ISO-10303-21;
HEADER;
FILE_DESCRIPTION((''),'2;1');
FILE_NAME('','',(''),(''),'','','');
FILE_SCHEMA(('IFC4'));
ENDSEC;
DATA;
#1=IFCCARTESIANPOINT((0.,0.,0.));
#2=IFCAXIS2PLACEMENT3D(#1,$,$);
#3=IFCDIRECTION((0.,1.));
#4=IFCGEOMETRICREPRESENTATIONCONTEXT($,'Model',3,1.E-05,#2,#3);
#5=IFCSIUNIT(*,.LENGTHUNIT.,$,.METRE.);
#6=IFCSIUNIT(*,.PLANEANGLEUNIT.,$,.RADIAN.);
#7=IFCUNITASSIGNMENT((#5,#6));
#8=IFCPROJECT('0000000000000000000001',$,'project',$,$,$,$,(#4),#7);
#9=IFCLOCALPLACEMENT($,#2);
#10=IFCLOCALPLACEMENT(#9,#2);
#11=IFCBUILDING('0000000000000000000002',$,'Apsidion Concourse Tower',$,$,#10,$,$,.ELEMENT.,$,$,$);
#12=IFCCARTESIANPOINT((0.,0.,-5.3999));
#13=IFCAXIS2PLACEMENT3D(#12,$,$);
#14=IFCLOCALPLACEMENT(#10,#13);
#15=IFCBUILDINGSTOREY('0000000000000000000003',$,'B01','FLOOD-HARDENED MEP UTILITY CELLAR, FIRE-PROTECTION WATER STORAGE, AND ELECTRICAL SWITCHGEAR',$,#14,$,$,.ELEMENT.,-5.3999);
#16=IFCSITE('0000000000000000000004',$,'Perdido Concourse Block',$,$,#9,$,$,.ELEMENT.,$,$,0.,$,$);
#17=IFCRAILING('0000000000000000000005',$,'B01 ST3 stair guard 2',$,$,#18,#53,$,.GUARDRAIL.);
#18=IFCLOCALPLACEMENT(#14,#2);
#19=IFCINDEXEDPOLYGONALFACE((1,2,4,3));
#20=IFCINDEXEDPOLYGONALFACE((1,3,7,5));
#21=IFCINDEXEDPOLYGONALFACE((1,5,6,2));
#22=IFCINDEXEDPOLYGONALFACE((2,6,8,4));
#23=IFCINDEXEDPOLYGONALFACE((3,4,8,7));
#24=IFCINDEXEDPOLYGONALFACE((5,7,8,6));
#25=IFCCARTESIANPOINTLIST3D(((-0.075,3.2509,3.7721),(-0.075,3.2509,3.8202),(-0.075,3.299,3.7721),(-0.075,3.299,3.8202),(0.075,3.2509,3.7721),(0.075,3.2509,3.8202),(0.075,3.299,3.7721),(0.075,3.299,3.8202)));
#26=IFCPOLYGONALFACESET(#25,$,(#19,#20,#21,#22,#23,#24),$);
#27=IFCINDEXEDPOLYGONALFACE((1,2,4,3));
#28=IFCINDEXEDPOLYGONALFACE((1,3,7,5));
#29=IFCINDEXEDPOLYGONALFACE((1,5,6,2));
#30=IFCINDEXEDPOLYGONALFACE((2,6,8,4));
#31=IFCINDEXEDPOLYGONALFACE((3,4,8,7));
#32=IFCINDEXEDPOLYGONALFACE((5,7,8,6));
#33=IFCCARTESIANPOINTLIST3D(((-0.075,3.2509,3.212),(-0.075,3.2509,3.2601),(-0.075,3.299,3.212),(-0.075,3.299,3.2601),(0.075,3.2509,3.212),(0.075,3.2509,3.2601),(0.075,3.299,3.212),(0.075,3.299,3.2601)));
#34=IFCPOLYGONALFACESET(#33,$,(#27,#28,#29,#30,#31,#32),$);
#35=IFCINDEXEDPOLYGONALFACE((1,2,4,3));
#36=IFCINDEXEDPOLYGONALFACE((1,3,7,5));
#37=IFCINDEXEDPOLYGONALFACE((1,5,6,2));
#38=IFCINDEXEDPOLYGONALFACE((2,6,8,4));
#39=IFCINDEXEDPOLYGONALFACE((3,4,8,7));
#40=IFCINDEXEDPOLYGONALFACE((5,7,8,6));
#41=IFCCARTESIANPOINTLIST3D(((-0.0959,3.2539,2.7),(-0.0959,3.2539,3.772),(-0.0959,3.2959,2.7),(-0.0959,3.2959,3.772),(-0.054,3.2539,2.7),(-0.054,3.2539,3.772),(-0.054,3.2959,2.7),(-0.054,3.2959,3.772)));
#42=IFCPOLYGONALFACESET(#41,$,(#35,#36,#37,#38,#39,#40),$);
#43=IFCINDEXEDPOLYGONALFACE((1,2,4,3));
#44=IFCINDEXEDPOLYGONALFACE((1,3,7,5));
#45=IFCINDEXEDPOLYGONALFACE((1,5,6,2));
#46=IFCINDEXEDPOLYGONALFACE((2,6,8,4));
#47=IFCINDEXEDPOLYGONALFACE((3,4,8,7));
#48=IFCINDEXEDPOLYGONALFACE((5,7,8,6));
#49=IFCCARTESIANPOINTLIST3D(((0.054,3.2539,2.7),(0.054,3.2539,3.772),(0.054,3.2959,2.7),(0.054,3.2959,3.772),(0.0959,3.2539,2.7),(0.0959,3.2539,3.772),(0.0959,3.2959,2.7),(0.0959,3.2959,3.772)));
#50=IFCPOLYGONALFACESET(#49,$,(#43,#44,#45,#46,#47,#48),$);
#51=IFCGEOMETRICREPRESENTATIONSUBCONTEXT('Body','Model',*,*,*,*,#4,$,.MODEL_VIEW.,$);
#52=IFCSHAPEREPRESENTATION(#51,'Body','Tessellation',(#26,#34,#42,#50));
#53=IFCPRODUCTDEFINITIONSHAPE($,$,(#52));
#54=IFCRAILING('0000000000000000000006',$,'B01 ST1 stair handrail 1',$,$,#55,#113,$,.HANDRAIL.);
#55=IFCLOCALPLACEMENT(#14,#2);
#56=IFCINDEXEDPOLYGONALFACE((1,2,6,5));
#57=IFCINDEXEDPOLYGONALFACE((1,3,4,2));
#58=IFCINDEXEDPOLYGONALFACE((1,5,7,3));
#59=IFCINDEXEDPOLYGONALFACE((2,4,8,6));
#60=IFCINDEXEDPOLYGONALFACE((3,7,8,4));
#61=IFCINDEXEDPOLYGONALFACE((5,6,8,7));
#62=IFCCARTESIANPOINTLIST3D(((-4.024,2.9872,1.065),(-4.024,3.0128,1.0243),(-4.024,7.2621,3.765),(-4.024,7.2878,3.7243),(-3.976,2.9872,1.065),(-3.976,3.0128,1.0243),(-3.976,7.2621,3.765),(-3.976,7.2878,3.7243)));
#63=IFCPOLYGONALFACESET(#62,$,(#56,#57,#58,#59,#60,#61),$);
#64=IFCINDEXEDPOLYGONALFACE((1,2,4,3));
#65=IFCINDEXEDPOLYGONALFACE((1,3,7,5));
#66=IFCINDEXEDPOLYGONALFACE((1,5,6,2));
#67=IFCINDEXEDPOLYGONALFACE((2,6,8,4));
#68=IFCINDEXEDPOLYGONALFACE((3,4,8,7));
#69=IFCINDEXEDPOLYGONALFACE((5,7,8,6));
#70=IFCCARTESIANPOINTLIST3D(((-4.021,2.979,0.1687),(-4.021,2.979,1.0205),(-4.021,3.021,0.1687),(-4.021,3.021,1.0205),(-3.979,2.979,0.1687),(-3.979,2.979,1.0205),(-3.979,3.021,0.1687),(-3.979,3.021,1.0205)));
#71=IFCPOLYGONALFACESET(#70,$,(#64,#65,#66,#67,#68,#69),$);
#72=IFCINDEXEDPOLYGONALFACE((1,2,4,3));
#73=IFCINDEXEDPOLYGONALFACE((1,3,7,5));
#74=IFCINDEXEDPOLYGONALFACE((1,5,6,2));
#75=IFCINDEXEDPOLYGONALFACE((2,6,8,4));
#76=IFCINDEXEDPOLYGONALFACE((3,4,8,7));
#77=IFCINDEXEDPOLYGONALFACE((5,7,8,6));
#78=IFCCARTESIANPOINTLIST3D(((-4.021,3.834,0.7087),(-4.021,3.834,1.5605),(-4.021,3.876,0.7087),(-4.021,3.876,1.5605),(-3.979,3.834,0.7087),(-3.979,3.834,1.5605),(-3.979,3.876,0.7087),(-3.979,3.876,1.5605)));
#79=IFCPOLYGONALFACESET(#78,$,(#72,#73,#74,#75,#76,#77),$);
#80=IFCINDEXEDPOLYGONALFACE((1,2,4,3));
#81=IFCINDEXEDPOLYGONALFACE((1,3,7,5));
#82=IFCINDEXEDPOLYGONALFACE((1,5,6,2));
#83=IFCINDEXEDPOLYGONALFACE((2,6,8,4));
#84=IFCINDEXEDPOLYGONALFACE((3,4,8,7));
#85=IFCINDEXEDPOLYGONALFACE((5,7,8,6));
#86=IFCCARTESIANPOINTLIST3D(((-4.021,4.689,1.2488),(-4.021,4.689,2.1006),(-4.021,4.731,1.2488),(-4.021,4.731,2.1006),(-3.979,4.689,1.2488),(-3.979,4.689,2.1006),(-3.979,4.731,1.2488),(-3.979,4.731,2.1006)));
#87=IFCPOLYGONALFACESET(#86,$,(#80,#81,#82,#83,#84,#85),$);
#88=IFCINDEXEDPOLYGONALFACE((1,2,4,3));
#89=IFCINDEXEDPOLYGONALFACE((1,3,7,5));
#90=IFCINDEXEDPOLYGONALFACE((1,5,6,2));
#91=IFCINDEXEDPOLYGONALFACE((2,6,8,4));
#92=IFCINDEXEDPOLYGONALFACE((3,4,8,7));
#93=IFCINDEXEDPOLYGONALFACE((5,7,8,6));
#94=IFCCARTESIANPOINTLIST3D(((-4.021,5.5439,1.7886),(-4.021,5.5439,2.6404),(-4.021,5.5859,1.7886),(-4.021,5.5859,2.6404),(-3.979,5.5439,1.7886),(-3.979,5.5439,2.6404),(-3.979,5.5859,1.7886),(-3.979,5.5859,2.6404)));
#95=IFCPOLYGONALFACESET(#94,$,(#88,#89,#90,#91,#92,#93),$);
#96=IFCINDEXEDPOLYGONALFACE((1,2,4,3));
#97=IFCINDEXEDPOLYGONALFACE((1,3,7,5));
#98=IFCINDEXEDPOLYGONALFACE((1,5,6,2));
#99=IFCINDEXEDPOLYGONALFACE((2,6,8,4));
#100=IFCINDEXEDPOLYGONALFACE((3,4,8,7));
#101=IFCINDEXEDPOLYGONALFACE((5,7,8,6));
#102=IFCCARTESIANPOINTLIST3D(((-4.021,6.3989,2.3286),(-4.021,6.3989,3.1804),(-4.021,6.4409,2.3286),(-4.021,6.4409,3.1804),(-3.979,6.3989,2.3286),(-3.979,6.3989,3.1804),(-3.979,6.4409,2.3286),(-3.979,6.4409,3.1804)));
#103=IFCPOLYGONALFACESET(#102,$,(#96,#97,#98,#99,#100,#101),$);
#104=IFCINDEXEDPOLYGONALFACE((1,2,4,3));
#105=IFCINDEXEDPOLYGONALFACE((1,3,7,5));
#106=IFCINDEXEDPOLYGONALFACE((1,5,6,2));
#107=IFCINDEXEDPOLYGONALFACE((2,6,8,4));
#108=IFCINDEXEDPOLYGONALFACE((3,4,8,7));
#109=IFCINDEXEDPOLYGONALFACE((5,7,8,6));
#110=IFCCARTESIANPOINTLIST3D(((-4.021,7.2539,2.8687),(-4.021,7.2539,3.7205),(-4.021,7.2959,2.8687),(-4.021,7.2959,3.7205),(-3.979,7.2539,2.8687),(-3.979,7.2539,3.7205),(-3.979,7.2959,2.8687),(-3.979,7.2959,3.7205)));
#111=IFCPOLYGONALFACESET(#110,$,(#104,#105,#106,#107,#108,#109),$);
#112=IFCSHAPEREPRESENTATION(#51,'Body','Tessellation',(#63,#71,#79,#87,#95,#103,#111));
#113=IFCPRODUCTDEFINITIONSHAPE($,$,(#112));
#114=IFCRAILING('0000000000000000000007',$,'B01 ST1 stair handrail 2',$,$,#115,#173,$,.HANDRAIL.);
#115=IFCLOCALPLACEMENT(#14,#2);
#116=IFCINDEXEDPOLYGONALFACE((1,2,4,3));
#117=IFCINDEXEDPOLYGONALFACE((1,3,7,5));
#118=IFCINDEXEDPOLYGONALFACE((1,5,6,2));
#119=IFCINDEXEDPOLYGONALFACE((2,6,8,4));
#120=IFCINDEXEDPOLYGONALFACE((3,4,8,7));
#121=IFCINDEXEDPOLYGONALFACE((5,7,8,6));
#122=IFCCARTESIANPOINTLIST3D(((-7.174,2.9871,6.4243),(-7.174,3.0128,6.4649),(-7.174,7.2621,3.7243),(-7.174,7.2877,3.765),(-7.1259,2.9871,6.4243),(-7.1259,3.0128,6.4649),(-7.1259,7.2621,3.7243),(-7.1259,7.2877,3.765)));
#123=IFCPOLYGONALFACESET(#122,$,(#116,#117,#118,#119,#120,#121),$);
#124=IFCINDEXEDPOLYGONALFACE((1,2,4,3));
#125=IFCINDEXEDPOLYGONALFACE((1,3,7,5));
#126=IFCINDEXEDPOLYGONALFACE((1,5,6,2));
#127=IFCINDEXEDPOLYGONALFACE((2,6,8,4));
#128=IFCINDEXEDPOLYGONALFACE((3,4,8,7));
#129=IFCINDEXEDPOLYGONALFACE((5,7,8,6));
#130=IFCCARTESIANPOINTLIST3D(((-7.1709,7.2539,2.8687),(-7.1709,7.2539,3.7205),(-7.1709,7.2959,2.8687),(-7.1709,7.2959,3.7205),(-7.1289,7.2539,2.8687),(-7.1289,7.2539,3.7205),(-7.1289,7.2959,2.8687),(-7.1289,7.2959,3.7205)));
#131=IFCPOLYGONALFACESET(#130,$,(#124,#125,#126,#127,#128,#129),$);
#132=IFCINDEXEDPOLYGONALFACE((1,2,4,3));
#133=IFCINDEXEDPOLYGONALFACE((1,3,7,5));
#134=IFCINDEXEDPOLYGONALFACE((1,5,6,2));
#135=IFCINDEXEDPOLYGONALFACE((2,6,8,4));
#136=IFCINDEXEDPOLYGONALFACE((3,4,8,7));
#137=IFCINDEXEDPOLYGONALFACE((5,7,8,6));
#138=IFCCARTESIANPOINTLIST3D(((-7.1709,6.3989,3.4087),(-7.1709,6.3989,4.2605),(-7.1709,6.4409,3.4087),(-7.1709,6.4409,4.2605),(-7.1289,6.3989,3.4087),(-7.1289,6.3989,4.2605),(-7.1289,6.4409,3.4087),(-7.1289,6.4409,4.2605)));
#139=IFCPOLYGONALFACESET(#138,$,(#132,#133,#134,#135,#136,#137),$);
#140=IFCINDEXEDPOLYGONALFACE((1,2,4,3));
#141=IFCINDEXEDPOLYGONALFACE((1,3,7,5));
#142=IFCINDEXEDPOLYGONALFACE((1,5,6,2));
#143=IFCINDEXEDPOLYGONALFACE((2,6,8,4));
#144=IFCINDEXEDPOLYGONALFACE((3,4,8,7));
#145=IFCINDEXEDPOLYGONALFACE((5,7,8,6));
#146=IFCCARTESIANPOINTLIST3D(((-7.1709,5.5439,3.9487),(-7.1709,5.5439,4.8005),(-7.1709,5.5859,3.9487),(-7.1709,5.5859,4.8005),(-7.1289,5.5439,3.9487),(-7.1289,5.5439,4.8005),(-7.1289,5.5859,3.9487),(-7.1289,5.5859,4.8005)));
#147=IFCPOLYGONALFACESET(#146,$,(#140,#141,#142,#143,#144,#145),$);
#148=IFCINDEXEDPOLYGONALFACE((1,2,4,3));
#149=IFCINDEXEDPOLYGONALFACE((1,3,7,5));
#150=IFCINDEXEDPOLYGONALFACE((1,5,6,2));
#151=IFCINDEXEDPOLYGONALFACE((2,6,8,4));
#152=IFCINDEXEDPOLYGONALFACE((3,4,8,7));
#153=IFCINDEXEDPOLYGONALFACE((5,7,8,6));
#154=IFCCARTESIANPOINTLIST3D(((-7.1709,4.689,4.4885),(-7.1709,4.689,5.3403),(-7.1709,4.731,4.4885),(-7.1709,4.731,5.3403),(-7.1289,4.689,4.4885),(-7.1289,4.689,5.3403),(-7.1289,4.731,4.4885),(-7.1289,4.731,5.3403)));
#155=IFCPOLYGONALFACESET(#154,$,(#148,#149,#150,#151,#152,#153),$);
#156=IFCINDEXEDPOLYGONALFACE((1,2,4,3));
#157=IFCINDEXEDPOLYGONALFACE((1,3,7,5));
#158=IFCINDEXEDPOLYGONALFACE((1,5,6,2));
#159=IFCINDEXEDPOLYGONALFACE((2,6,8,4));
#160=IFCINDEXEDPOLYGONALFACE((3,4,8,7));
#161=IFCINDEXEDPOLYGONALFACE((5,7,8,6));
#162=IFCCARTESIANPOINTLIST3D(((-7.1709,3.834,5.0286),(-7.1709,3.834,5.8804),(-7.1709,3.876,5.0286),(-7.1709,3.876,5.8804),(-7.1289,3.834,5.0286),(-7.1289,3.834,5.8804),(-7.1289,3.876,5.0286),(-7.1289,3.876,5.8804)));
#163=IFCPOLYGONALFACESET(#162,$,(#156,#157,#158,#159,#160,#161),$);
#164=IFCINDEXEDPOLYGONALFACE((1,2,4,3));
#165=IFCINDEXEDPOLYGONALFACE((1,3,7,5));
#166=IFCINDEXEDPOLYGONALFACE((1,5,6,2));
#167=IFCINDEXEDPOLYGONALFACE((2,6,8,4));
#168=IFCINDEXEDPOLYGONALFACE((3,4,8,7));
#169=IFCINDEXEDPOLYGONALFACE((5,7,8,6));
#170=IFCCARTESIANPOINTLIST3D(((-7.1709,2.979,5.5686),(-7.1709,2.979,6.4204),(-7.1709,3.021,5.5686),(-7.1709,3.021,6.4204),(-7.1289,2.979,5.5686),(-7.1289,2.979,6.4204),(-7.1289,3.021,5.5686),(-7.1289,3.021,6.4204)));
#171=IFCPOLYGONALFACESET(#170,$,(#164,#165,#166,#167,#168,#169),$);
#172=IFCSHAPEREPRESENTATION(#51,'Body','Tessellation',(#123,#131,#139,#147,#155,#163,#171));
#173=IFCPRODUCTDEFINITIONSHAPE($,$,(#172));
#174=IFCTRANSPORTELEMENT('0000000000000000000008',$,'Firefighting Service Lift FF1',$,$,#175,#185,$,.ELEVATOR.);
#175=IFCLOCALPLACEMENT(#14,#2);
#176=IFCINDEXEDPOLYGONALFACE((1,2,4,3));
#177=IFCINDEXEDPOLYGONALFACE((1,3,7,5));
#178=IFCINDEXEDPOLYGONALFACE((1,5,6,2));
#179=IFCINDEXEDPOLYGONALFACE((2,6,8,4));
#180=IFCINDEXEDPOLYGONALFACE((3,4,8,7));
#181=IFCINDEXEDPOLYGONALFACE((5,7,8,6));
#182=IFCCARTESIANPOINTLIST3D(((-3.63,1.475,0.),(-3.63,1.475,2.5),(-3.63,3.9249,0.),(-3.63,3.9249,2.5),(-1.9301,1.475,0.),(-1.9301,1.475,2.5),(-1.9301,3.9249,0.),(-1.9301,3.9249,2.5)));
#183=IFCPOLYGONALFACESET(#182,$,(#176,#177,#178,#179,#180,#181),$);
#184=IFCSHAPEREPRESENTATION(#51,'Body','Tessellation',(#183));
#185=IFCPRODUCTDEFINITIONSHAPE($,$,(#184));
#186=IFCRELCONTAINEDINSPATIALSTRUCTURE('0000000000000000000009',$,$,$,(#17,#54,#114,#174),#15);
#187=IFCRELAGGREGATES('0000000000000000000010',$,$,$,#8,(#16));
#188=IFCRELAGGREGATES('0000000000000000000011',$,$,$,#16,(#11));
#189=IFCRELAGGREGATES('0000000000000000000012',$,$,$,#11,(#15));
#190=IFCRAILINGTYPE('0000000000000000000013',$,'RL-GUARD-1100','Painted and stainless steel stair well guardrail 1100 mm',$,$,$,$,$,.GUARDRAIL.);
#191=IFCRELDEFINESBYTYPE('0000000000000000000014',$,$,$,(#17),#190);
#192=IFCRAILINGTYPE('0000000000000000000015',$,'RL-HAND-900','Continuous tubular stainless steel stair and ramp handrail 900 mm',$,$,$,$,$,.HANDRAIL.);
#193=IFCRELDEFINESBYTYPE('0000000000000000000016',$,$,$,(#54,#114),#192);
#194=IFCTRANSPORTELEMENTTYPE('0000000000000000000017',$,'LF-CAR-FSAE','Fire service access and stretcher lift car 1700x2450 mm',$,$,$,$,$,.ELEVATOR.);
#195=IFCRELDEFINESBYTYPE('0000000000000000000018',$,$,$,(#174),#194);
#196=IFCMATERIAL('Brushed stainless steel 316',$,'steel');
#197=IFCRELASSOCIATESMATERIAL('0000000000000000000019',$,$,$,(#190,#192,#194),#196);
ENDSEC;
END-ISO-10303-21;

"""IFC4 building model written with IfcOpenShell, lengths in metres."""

from ifc_helpers import new_model, si_unit, direction, frame, origin, origin_2d, place, context, subcontext, project, spatial, rectangle, extrude, material, type_object, element, save


model = new_model("IFC4")

# Units and contexts
model_context = context("Model", 3, precision=1e-05, world=origin(), true_north=direction((0.0, 1.0)))
body_context = subcontext(model_context, "Body", "Model", "MODEL_VIEW")
ifc_project = project(units=[si_unit("LENGTHUNIT", "METRE"), si_unit("PLANEANGLEUNIT", "RADIAN")], contexts=[model_context])

# Site, building, storey
site_placement = place(None, origin())
site = spatial("IfcSite", under=ifc_project, at=site_placement, Name="Perdido Concourse Block", CompositionType="ELEMENT", RefElevation=0.0)
building_placement = place(site_placement, origin())
building = spatial("IfcBuilding", under=site, at=building_placement, Name="Apsidion Concourse Tower", CompositionType="ELEMENT")
storey_placement = place(building_placement, frame((0.0, 0.0, -5.3999)))
storey = spatial("IfcBuildingStorey", under=building, at=storey_placement, Name="B01", Description="FLOOD-HARDENED MEP UTILITY CELLAR, FIRE-PROTECTION WATER STORAGE, AND ELECTRICAL SWITCHGEAR", CompositionType="ELEMENT", Elevation=-5.3999)

# Shared definitions
ifc_material_1 = material(Name="Brushed stainless steel 316", Category="steel")

# Railings
railing_type_1 = type_object("IfcRailingType", Name="RL-GUARD-1100", Description="Painted and stainless steel stair well guardrail 1100 mm", PredefinedType="GUARDRAIL", material=ifc_material_1)
railing_1_placement = place(storey_placement, frame((-0.075, 3.2749, 2.7)))
element("IfcRailing", 1, at=railing_1_placement, inside=storey, type_object=railing_type_1, Name="B01 ST3 stair guard 2", PredefinedType="GUARDRAIL", context=body_context, shape_type="SweptSolid", body=[
    extrude(rectangle(XDim=0.0481, YDim=0.0481, at=origin_2d()), frame((0.0, 0.0, 1.0962), z_axis=(1.0, 0.0, 0.0), x_axis=(0.0, 1.0, 0.0)), (0.0, 0.0, 1.0), 0.1499),
    extrude(rectangle(XDim=0.0481, YDim=0.0481, at=origin_2d()), frame((0.0, 0.0, 0.5361), z_axis=(1.0, 0.0, 0.0), x_axis=(0.0, 1.0, 0.0)), (0.0, 0.0, 1.0), 0.1499),
    extrude(rectangle(XDim=0.042, YDim=0.042, at=origin_2d()), origin(), (0.0, 0.0, 1.0), 1.072),
    extrude(rectangle(XDim=0.042, YDim=0.042, at=origin_2d()), frame((0.1499, 0.0, 0.0)), (0.0, 0.0, 1.0), 1.072),
])
railing_type_2 = type_object("IfcRailingType", Name="RL-HAND-900", Description="Continuous tubular stainless steel stair and ramp handrail 900 mm", PredefinedType="HANDRAIL", material=ifc_material_1)
railing_2_placement = place(storey_placement, frame((-4.0, 3.0, 0.1687)))
element("IfcRailing", 2, at=railing_2_placement, inside=storey, type_object=railing_type_2, Name="B01 ST1 stair handrail 1", PredefinedType="HANDRAIL", context=body_context, shape_type="SweptSolid", body=[
    extrude(rectangle(XDim=0.0481, YDim=0.0481, at=origin_2d()), frame((0.0, 0.0, 0.876), z_axis=(0.0, 0.845488, 0.533995), x_axis=(-1.0, 0.0, 0.0)), (0.0, 0.0, 1.0), 5.0562),
    extrude(rectangle(XDim=0.042, YDim=0.042, at=origin_2d()), origin(), (0.0, 0.0, 1.0), 0.8518),
    extrude(rectangle(XDim=0.042, YDim=0.042, at=origin_2d()), frame((0.0, 0.855, 0.54)), (0.0, 0.0, 1.0), 0.8518),
    extrude(rectangle(XDim=0.042, YDim=0.042, at=origin_2d()), frame((0.0, 1.71, 1.0801)), (0.0, 0.0, 1.0), 0.8518),
    extrude(rectangle(XDim=0.042, YDim=0.042, at=origin_2d()), frame((0.0, 2.5649, 1.6199)), (0.0, 0.0, 1.0), 0.8518),
    extrude(rectangle(XDim=0.042, YDim=0.042, at=origin_2d()), frame((0.0, 3.4199, 2.1599)), (0.0, 0.0, 1.0), 0.8518),
    extrude(rectangle(XDim=0.042, YDim=0.042, at=origin_2d()), frame((0.0, 4.2749, 2.7)), (0.0, 0.0, 1.0), 0.8518),
])
railing_3_placement = place(storey_placement, frame((-7.1499, 7.2749, 2.8687)))
element("IfcRailing", 3, at=railing_3_placement, inside=storey, type_object=railing_type_2, Name="B01 ST1 stair handrail 2", PredefinedType="HANDRAIL", context=body_context, shape_type="SweptSolid", body=[
    extrude(rectangle(XDim=0.0481, YDim=0.0481, at=origin_2d()), frame((0.0, 0.0, 0.876), z_axis=(0.0, -0.845488, 0.533995), x_axis=(1.0, 0.0, 0.0)), (0.0, 0.0, 1.0), 5.0562),
    extrude(rectangle(XDim=0.042, YDim=0.042, at=origin_2d()), origin(), (0.0, 0.0, 1.0), 0.8518),
    extrude(rectangle(XDim=0.042, YDim=0.042, at=origin_2d()), frame((0.0, -0.855, 0.54)), (0.0, 0.0, 1.0), 0.8518),
    extrude(rectangle(XDim=0.042, YDim=0.042, at=origin_2d()), frame((0.0, -1.71, 1.0801)), (0.0, 0.0, 1.0), 0.8518),
    extrude(rectangle(XDim=0.042, YDim=0.042, at=origin_2d()), frame((0.0, -2.5649, 1.6199)), (0.0, 0.0, 1.0), 0.8518),
    extrude(rectangle(XDim=0.042, YDim=0.042, at=origin_2d()), frame((0.0, -3.4199, 2.1599)), (0.0, 0.0, 1.0), 0.8518),
    extrude(rectangle(XDim=0.042, YDim=0.042, at=origin_2d()), frame((0.0, -4.2749, 2.7)), (0.0, 0.0, 1.0), 0.8518),
])

# Transport element
transport_element_type = type_object("IfcTransportElementType", Name="LF-CAR-FSAE", Description="Fire service access and stretcher lift car 1700x2450 mm", PredefinedType="ELEVATOR", material=ifc_material_1)
transport_element_placement = place(storey_placement, frame((-2.78, 2.7, 0.0), z_axis=(0.0, 0.0, 1.0), x_axis=(1.0, 0.0, 0.0)))
element("IfcTransportElement", 4, at=transport_element_placement, inside=storey, type_object=transport_element_type, Name="Firefighting Service Lift FF1", PredefinedType="ELEVATOR", context=body_context, shape_type="SweptSolid", body=[
    extrude(rectangle(XDim=1.7, YDim=2.45, at=origin_2d()), origin(), (0.0, 0.0, 1.0), 2.5),
])

save(model, "model.ifc")
